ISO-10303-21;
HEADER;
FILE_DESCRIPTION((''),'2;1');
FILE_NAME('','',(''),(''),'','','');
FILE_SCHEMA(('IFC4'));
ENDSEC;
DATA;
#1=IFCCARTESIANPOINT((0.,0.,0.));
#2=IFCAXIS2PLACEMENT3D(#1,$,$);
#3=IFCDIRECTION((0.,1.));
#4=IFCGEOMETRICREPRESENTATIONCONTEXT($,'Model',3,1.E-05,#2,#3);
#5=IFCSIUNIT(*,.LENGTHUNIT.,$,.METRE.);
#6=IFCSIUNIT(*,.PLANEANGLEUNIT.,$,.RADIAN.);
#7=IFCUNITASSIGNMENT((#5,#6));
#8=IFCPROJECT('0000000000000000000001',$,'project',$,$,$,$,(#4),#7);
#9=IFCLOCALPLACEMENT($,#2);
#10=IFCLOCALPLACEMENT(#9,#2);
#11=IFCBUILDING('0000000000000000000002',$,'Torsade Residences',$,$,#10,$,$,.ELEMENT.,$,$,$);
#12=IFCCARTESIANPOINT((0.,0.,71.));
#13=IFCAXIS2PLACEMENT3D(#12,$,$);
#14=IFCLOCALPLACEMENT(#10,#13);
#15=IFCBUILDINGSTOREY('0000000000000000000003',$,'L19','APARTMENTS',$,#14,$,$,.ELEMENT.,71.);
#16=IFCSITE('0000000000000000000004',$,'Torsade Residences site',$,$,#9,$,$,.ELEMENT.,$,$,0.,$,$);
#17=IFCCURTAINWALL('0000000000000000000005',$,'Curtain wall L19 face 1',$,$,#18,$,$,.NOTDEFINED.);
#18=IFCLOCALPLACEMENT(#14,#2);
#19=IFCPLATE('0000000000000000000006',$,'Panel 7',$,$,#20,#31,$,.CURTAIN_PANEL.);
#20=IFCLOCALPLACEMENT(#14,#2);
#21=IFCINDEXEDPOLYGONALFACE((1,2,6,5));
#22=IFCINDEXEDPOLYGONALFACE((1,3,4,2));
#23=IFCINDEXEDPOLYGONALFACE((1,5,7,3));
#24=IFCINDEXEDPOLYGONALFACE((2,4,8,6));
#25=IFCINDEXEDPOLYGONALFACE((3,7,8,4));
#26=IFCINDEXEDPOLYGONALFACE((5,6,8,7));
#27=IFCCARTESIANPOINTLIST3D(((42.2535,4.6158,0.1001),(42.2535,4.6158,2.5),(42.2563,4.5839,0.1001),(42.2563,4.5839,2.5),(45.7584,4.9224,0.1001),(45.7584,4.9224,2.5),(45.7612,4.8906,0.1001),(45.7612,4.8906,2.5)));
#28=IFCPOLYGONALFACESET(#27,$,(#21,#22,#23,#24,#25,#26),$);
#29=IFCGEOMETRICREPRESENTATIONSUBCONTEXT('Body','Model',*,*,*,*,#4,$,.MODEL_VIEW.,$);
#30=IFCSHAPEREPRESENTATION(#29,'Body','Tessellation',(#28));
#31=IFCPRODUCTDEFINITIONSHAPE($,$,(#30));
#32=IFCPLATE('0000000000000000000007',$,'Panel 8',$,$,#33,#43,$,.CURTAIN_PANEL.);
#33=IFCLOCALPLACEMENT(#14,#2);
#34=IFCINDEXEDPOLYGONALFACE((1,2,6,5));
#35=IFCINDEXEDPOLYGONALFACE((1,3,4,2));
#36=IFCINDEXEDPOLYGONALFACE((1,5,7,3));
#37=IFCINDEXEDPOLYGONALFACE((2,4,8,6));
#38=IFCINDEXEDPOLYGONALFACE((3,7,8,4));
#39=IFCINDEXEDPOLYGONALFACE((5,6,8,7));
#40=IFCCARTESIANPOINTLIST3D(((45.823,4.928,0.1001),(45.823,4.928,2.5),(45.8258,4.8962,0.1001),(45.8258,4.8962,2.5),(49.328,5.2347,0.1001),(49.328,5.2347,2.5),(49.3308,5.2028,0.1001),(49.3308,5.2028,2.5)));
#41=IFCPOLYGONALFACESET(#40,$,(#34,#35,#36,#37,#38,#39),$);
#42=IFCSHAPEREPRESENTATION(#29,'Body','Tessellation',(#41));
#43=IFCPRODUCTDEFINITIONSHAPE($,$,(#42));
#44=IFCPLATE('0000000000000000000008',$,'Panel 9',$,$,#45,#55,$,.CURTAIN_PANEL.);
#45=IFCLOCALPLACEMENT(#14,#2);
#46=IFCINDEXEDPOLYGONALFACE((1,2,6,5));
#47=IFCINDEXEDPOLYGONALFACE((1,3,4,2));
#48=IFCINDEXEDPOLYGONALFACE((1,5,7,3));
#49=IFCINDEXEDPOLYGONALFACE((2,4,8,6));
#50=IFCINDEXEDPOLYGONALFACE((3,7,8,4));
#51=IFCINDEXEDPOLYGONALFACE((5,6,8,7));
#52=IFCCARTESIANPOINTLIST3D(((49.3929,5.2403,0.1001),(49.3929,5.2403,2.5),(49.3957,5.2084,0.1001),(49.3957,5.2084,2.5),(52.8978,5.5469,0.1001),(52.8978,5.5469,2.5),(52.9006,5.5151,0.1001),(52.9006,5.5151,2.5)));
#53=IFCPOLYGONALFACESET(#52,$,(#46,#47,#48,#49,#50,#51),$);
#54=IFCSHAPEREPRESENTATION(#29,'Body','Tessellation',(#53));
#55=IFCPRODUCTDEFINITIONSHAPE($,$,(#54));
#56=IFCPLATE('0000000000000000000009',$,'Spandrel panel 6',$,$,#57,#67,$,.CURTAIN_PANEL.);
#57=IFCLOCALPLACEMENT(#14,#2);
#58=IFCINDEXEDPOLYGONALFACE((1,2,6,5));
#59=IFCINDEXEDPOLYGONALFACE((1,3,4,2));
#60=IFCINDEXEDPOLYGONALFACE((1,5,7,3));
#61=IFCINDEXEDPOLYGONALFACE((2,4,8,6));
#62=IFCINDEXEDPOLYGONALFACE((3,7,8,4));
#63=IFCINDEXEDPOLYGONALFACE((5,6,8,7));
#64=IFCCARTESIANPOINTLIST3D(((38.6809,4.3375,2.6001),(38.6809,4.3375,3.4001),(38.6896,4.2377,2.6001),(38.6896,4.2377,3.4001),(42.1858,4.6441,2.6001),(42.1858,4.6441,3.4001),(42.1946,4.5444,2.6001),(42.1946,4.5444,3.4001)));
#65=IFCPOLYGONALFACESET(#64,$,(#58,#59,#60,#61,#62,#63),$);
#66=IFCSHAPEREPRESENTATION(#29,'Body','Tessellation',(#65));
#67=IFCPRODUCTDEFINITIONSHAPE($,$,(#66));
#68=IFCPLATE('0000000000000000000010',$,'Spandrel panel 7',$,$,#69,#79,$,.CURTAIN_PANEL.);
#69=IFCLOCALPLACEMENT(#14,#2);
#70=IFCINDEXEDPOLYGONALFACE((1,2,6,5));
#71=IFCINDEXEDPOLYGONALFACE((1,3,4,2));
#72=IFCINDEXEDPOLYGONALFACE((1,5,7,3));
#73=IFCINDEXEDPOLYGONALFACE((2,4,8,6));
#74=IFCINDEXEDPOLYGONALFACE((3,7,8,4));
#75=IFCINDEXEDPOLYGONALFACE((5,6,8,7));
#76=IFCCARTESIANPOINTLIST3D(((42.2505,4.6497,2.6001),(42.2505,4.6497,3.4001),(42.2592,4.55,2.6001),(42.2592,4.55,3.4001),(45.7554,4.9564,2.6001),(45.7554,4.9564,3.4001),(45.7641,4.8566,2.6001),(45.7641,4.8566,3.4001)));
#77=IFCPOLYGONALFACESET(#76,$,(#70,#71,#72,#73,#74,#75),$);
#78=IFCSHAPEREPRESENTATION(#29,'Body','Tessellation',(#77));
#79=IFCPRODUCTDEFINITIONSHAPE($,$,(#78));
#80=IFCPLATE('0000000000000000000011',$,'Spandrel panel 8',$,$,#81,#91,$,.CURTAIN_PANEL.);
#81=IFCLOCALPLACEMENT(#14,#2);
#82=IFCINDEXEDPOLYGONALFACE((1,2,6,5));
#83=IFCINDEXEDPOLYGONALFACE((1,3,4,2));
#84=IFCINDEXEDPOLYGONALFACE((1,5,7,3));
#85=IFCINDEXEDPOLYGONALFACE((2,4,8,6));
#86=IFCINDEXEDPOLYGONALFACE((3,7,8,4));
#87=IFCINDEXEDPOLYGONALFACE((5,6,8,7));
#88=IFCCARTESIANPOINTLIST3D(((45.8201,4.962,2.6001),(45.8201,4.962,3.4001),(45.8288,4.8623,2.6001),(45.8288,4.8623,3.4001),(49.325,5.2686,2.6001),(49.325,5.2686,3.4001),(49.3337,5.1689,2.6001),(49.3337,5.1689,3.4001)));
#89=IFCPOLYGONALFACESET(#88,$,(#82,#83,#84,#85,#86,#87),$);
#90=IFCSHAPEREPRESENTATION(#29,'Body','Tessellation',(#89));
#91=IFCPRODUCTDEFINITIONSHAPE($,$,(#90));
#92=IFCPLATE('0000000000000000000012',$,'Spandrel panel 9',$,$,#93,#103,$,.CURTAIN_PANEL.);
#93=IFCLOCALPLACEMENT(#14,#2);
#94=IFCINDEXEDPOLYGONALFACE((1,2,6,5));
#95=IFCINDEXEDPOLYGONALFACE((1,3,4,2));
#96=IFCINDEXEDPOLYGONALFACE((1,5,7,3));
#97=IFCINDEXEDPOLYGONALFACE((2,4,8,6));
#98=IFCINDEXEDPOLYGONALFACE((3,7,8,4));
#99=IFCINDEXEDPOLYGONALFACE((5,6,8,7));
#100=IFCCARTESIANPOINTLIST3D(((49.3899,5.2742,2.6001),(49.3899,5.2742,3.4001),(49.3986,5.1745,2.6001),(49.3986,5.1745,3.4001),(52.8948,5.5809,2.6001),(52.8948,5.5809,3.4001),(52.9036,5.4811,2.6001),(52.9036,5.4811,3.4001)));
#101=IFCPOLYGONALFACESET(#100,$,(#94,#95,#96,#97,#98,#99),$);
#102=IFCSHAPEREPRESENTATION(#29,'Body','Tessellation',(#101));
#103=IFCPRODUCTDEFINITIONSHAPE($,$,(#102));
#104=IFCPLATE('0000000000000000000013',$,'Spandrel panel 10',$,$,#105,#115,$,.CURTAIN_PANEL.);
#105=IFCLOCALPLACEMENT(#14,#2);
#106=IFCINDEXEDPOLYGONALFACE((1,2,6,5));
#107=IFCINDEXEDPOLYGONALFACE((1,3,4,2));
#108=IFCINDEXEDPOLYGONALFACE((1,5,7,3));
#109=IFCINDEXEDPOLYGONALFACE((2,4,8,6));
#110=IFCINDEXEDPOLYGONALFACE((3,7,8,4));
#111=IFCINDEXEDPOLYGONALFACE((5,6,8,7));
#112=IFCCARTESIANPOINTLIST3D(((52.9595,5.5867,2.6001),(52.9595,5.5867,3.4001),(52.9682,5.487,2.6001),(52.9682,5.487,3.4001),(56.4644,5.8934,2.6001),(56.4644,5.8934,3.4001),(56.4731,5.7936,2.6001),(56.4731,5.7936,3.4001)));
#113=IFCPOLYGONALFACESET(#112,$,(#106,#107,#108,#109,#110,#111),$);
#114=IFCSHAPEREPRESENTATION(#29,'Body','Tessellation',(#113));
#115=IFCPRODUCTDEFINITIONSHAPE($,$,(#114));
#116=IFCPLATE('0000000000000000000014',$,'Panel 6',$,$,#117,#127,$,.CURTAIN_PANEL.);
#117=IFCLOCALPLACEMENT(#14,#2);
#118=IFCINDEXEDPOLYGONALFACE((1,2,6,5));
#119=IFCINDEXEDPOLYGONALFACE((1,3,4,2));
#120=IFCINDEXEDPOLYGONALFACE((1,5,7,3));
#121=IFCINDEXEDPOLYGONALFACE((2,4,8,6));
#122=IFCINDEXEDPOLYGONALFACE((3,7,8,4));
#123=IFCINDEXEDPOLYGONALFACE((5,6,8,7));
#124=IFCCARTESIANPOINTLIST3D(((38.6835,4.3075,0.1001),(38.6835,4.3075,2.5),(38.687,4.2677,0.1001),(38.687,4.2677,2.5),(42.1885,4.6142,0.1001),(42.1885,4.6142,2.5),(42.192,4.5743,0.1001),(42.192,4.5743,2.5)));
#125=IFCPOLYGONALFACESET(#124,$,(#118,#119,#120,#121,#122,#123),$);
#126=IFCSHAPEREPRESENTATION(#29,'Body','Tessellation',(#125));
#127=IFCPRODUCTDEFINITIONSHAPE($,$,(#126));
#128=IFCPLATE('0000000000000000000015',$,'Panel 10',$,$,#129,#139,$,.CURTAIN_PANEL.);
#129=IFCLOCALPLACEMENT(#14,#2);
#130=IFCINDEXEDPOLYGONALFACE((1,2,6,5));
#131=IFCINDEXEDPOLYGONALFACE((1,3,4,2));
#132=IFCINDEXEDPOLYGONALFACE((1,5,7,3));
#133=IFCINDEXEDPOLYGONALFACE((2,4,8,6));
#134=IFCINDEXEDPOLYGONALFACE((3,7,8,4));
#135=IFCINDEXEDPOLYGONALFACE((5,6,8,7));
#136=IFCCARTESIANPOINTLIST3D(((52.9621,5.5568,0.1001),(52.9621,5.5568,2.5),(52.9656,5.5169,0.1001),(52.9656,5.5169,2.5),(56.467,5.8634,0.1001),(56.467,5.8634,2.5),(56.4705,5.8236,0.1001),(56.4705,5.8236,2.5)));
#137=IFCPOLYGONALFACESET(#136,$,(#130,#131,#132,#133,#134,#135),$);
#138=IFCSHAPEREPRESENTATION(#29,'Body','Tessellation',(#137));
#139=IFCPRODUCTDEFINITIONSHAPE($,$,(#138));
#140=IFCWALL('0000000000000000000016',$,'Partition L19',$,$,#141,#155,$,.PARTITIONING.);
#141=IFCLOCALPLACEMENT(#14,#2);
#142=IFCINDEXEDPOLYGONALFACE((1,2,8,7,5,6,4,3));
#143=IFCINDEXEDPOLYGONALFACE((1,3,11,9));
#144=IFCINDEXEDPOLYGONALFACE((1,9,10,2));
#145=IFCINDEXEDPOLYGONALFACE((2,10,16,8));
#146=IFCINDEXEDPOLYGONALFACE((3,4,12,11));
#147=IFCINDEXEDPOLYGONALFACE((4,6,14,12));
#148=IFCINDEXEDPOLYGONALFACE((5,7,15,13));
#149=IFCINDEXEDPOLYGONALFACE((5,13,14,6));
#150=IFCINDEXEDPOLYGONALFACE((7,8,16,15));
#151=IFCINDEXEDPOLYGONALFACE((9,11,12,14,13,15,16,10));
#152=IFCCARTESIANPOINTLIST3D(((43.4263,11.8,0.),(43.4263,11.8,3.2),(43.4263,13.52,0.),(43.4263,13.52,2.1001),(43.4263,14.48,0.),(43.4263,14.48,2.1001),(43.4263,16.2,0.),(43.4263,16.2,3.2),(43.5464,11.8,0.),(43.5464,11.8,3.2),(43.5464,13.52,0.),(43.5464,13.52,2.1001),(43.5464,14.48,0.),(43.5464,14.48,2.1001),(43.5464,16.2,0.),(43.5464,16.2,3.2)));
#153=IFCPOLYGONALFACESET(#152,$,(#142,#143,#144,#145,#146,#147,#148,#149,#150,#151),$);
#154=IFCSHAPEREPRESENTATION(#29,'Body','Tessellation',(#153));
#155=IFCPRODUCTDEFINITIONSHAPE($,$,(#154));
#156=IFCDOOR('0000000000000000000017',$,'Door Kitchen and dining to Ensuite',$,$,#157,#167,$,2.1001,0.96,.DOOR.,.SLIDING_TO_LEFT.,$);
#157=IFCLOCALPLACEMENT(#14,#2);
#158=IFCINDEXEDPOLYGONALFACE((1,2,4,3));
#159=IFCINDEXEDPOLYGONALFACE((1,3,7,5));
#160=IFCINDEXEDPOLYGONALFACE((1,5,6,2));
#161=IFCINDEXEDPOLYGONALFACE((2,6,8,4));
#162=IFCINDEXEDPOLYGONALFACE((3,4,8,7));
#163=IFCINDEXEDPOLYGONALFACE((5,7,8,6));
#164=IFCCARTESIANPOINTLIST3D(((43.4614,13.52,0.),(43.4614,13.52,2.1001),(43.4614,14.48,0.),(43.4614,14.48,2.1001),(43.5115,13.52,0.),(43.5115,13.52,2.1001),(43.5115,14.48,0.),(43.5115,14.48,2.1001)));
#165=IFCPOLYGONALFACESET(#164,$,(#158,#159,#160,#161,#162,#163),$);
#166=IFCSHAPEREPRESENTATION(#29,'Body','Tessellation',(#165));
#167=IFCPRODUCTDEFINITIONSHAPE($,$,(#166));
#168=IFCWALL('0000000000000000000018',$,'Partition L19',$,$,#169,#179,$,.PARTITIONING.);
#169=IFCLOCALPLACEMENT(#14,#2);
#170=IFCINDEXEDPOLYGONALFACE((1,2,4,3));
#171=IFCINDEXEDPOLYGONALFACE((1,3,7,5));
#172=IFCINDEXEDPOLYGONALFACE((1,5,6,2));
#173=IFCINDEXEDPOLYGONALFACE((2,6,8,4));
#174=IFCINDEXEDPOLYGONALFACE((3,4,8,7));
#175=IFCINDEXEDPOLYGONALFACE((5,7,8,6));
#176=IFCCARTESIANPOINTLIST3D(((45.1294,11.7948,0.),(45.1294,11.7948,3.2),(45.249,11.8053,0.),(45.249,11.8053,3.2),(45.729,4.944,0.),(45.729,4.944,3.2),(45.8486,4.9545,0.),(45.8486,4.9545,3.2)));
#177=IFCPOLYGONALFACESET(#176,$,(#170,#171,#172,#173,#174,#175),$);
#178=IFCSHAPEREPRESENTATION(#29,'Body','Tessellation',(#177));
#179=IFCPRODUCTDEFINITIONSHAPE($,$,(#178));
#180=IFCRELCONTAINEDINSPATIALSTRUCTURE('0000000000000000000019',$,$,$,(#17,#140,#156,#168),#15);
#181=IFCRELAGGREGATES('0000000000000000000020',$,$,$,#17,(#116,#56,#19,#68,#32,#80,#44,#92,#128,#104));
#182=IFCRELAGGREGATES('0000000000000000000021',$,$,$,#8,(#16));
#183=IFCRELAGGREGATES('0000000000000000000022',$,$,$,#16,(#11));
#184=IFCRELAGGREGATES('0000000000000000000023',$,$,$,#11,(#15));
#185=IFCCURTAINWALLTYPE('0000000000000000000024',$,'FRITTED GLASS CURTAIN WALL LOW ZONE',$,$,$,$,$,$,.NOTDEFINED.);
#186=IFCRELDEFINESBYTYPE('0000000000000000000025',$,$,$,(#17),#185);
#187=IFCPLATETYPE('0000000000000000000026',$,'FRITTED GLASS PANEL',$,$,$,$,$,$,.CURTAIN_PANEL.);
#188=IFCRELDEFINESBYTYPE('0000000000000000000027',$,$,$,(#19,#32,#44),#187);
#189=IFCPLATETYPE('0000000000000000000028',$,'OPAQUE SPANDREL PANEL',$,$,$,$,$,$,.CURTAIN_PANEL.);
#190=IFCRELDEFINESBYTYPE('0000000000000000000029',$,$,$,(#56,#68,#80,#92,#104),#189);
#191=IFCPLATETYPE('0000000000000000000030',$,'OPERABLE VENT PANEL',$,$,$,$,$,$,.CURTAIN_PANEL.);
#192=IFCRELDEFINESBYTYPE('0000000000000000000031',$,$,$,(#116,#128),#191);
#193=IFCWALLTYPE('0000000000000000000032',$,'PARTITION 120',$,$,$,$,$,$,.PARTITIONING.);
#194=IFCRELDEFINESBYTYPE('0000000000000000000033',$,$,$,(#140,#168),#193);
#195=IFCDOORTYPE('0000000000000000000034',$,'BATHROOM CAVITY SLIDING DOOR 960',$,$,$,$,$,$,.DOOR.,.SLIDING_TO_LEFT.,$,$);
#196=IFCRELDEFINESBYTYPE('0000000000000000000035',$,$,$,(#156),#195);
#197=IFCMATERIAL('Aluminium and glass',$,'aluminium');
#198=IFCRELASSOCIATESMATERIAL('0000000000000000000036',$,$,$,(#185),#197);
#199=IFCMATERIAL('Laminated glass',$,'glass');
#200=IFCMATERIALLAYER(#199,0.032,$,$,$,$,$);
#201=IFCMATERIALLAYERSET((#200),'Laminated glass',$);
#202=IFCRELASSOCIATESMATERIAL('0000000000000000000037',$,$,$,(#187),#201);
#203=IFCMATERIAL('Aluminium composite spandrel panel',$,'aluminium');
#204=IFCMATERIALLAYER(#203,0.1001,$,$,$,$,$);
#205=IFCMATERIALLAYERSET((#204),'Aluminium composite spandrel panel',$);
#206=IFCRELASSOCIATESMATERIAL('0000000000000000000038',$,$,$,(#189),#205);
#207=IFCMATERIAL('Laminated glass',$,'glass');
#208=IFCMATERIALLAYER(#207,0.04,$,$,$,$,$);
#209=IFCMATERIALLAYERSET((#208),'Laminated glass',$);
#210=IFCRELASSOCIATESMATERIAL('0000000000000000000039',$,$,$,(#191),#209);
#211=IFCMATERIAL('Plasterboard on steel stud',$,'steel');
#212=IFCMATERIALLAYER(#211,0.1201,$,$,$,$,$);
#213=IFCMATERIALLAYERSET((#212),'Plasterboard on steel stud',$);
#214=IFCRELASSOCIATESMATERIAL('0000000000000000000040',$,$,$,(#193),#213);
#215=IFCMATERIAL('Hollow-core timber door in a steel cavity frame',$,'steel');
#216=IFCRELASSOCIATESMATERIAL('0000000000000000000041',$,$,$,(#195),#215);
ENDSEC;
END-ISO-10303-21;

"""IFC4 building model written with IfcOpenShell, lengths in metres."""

from ifc_helpers import new_model, si_unit, direction, frame, frame_2d, origin, origin_2d, place, context, subcontext, project, spatial, rectangle, extrude, material, layer, layer_set, type_object, element, fill, aggregate, save


model = new_model("IFC4")

# Units and contexts
model_context = context("Model", 3, precision=1e-05, world=origin(), true_north=direction((0.0, 1.0)))
body_context = subcontext(model_context, "Body", "Model", "MODEL_VIEW")
ifc_project = project(units=[si_unit("LENGTHUNIT", "METRE"), si_unit("PLANEANGLEUNIT", "RADIAN")], contexts=[model_context])

# Site, building, storey
site_placement = place(None, origin())
site = spatial("IfcSite", under=ifc_project, at=site_placement, Name="Torsade Residences site", CompositionType="ELEMENT", RefElevation=0.0)
building_placement = place(site_placement, origin())
building = spatial("IfcBuilding", under=site, at=building_placement, Name="Torsade Residences", CompositionType="ELEMENT")
storey_placement = place(building_placement, frame((0.0, 0.0, 71.0)))
storey = spatial("IfcBuildingStorey", under=building, at=storey_placement, Name="L19", Description="APARTMENTS", CompositionType="ELEMENT", Elevation=71.0)

# Curtain wall
ifc_material_1 = material(Name="Aluminium and glass", Category="aluminium")
curtain_wall_type = type_object("IfcCurtainWallType", Name="FRITTED GLASS CURTAIN WALL LOW ZONE", PredefinedType="NOTDEFINED", material=ifc_material_1)
curtain_wall_placement = place(storey_placement, origin())
curtain_wall = element("IfcCurtainWall", 1, at=curtain_wall_placement, inside=storey, type_object=curtain_wall_type, Name="Curtain wall L19 face 1", PredefinedType="NOTDEFINED")

# Plates
ifc_material_2 = material(Name="Laminated glass", Category="glass")
ifc_layer_1 = layer(ifc_material_2, 0.032)
ifc_layer_set_1 = layer_set([ifc_layer_1], Name="Laminated glass")
plate_type_1 = type_object("IfcPlateType", Name="FRITTED GLASS PANEL", PredefinedType="CURTAIN_PANEL", material=ifc_layer_set_1)
plate_1_placement = place(storey_placement, frame((44.0073, 4.7532, 0.1001), z_axis=(0.0, 0.0, 1.0), x_axis=(0.996195, 0.087156, 0.0)))
plate_1 = element("IfcPlate", 2, at=plate_1_placement, type_object=plate_type_1, Name="Panel 7", PredefinedType="CURTAIN_PANEL", context=body_context, shape_type="SweptSolid", body=[
    extrude(rectangle(XDim=3.5183, YDim=0.032, at=origin_2d()), origin(), (0.0, 0.0, 1.0), 2.3999),
])
plate_2_placement = place(storey_placement, frame((47.5769, 5.0654, 0.1001), z_axis=(0.0, 0.0, 1.0), x_axis=(0.996195, 0.087156, 0.0)))
plate_2 = element("IfcPlate", 3, at=plate_2_placement, type_object=plate_type_1, Name="Panel 8", PredefinedType="CURTAIN_PANEL", context=body_context, shape_type="SweptSolid", body=[
    extrude(rectangle(XDim=3.5183, YDim=0.032, at=origin_2d()), origin(), (0.0, 0.0, 1.0), 2.3999),
])
plate_3_placement = place(storey_placement, frame((51.1467, 5.3777, 0.1001), z_axis=(0.0, 0.0, 1.0), x_axis=(0.996195, 0.087156, 0.0)))
plate_3 = element("IfcPlate", 4, at=plate_3_placement, type_object=plate_type_1, Name="Panel 9", PredefinedType="CURTAIN_PANEL", context=body_context, shape_type="SweptSolid", body=[
    extrude(rectangle(XDim=3.5183, YDim=0.032, at=origin_2d()), origin(), (0.0, 0.0, 1.0), 2.3999),
])
ifc_material_3 = material(Name="Aluminium composite spandrel panel", Category="aluminium")
ifc_layer_2 = layer(ifc_material_3, 0.1001)
ifc_layer_set_2 = layer_set([ifc_layer_2], Name="Aluminium composite spandrel panel")
plate_type_2 = type_object("IfcPlateType", Name="OPAQUE SPANDREL PANEL", PredefinedType="CURTAIN_PANEL", material=ifc_layer_set_2)
plate_4_placement = place(storey_placement, frame((40.4377, 4.4409, 2.6001), z_axis=(0.0, 0.0, 1.0), x_axis=(0.996195, 0.087156, 0.0)))
plate_4 = element("IfcPlate", 5, at=plate_4_placement, type_object=plate_type_2, Name="Spandrel panel 6", PredefinedType="CURTAIN_PANEL", context=body_context, shape_type="SweptSolid", body=[
    extrude(rectangle(XDim=3.5183, YDim=0.1001, at=origin_2d()), origin(), (0.0, 0.0, 1.0), 0.8),
])
plate_5_placement = place(storey_placement, frame((44.0073, 4.7532, 2.6001), z_axis=(0.0, 0.0, 1.0), x_axis=(0.996195, 0.087156, 0.0)))
plate_5 = element("IfcPlate", 6, at=plate_5_placement, type_object=plate_type_2, Name="Spandrel panel 7", PredefinedType="CURTAIN_PANEL", context=body_context, shape_type="SweptSolid", body=[
    extrude(rectangle(XDim=3.5183, YDim=0.1001, at=origin_2d()), origin(), (0.0, 0.0, 1.0), 0.8),
])
plate_6_placement = place(storey_placement, frame((47.5769, 5.0654, 2.6001), z_axis=(0.0, 0.0, 1.0), x_axis=(0.996195, 0.087156, 0.0)))
plate_6 = element("IfcPlate", 7, at=plate_6_placement, type_object=plate_type_2, Name="Spandrel panel 8", PredefinedType="CURTAIN_PANEL", context=body_context, shape_type="SweptSolid", body=[
    extrude(rectangle(XDim=3.5183, YDim=0.1001, at=origin_2d()), origin(), (0.0, 0.0, 1.0), 0.8),
])
plate_7_placement = place(storey_placement, frame((51.1467, 5.3777, 2.6001), z_axis=(0.0, 0.0, 1.0), x_axis=(0.996195, 0.087156, 0.0)))
plate_7 = element("IfcPlate", 8, at=plate_7_placement, type_object=plate_type_2, Name="Spandrel panel 9", PredefinedType="CURTAIN_PANEL", context=body_context, shape_type="SweptSolid", body=[
    extrude(rectangle(XDim=3.5183, YDim=0.1001, at=origin_2d()), origin(), (0.0, 0.0, 1.0), 0.8),
])
plate_8_placement = place(storey_placement, frame((54.7163, 5.6902, 2.6001), z_axis=(0.0, 0.0, 1.0), x_axis=(0.996195, 0.087156, 0.0)))
plate_8 = element("IfcPlate", 9, at=plate_8_placement, type_object=plate_type_2, Name="Spandrel panel 10", PredefinedType="CURTAIN_PANEL", context=body_context, shape_type="SweptSolid", body=[
    extrude(rectangle(XDim=3.5183, YDim=0.1001, at=origin_2d()), origin(), (0.0, 0.0, 1.0), 0.8),
])
ifc_material_4 = material(Name="Laminated glass", Category="glass")
ifc_layer_3 = layer(ifc_material_4, 0.04)
ifc_layer_set_3 = layer_set([ifc_layer_3], Name="Laminated glass")
plate_type_3 = type_object("IfcPlateType", Name="OPERABLE VENT PANEL", PredefinedType="CURTAIN_PANEL", material=ifc_layer_set_3)
plate_9_placement = place(storey_placement, frame((40.4377, 4.4409, 0.1001), z_axis=(0.0, 0.0, 1.0), x_axis=(0.996195, 0.087156, 0.0)))
plate_9 = element("IfcPlate", 10, at=plate_9_placement, type_object=plate_type_3, Name="Panel 6", PredefinedType="CURTAIN_PANEL", context=body_context, shape_type="SweptSolid", body=[
    extrude(rectangle(XDim=3.5183, YDim=0.04, at=origin_2d()), origin(), (0.0, 0.0, 1.0), 2.3999),
])
plate_10_placement = place(storey_placement, frame((54.7163, 5.6902, 0.1001), z_axis=(0.0, 0.0, 1.0), x_axis=(0.996195, 0.087156, 0.0)))
plate_10 = element("IfcPlate", 11, at=plate_10_placement, type_object=plate_type_3, Name="Panel 10", PredefinedType="CURTAIN_PANEL", context=body_context, shape_type="SweptSolid", body=[
    extrude(rectangle(XDim=3.5183, YDim=0.04, at=origin_2d()), origin(), (0.0, 0.0, 1.0), 2.3999),
])
aggregate(curtain_wall, [plate_9, plate_4, plate_1, plate_5, plate_2, plate_6, plate_3, plate_7, plate_10, plate_8])

# Wall, opening, door
ifc_material_5 = material(Name="Plasterboard on steel stud", Category="steel")
ifc_layer_4 = layer(ifc_material_5, 0.1201)
ifc_layer_set_4 = layer_set([ifc_layer_4], Name="Plasterboard on steel stud")
wall_type_1 = type_object("IfcWallType", Name="PARTITION 120", PredefinedType="PARTITIONING", material=ifc_layer_set_4)
wall_1_placement = place(storey_placement, frame((43.4863, 11.8, 0.0), z_axis=(0.0, 0.0, 1.0), x_axis=(0.0, 1.0, 0.0)))
wall_1 = element("IfcWall", 12, at=wall_1_placement, inside=storey, type_object=wall_type_1, Name="Partition L19", PredefinedType="PARTITIONING", context=body_context, shape_type="SweptSolid", body=[
    extrude(rectangle(XDim=4.3999, YDim=0.1201, at=frame_2d((2.2, 0.0))), origin(), (0.0, 0.0, 1.0), 3.2),
])
opening_placement = place(wall_1_placement, frame((1.72, 0.0, 0.0)))
opening = element("IfcOpeningElement", 13, at=opening_placement, cuts=wall_1, PredefinedType="OPENING", context=body_context, shape_type="SweptSolid", body=[
    extrude(rectangle(XDim=0.96, YDim=2.1001, at=frame_2d((0.48, 1.05))), frame((0.0, 0.0701, 0.0), z_axis=(0.0, -1.0, 0.0), x_axis=(1.0, 0.0, 0.0)), (0.0, 0.0, 1.0), 0.1401),
])
ifc_material_6 = material(Name="Hollow-core timber door in a steel cavity frame", Category="steel")
door_type = type_object("IfcDoorType", Name="BATHROOM CAVITY SLIDING DOOR 960", OperationType="SLIDING_TO_LEFT", PredefinedType="DOOR", material=ifc_material_6)
door_placement = place(opening_placement, origin())
door = element("IfcDoor", 14, at=door_placement, inside=storey, type_object=door_type, Name="Door Kitchen and dining to Ensuite", OperationType="SLIDING_TO_LEFT", OverallHeight=2.1001, OverallWidth=0.96, PredefinedType="DOOR", context=body_context, shape_type="SweptSolid", body=[
    extrude(rectangle(XDim=0.96, YDim=2.1001, at=frame_2d((0.48, 1.05))), frame((0.0, 0.0249, 0.0), z_axis=(0.0, -1.0, 0.0), x_axis=(1.0, 0.0, 0.0)), (0.0, 0.0, 1.0), 0.05),
])
fill(opening, door)

# Wall
wall_2_placement = place(storey_placement, frame((45.1892, 11.8, 0.0), z_axis=(0.0, 0.0, 1.0), x_axis=(0.08719, -0.996192, 0.0)))
element("IfcWall", 15, at=wall_2_placement, inside=storey, type_object=wall_type_1, Name="Partition L19", PredefinedType="PARTITIONING", context=body_context, shape_type="SweptSolid", body=[
    extrude(rectangle(XDim=6.877, YDim=0.1201, at=frame_2d((3.4385, 0.0))), origin(), (0.0, 0.0, 1.0), 3.2),
])

save(model, "model.ifc")
